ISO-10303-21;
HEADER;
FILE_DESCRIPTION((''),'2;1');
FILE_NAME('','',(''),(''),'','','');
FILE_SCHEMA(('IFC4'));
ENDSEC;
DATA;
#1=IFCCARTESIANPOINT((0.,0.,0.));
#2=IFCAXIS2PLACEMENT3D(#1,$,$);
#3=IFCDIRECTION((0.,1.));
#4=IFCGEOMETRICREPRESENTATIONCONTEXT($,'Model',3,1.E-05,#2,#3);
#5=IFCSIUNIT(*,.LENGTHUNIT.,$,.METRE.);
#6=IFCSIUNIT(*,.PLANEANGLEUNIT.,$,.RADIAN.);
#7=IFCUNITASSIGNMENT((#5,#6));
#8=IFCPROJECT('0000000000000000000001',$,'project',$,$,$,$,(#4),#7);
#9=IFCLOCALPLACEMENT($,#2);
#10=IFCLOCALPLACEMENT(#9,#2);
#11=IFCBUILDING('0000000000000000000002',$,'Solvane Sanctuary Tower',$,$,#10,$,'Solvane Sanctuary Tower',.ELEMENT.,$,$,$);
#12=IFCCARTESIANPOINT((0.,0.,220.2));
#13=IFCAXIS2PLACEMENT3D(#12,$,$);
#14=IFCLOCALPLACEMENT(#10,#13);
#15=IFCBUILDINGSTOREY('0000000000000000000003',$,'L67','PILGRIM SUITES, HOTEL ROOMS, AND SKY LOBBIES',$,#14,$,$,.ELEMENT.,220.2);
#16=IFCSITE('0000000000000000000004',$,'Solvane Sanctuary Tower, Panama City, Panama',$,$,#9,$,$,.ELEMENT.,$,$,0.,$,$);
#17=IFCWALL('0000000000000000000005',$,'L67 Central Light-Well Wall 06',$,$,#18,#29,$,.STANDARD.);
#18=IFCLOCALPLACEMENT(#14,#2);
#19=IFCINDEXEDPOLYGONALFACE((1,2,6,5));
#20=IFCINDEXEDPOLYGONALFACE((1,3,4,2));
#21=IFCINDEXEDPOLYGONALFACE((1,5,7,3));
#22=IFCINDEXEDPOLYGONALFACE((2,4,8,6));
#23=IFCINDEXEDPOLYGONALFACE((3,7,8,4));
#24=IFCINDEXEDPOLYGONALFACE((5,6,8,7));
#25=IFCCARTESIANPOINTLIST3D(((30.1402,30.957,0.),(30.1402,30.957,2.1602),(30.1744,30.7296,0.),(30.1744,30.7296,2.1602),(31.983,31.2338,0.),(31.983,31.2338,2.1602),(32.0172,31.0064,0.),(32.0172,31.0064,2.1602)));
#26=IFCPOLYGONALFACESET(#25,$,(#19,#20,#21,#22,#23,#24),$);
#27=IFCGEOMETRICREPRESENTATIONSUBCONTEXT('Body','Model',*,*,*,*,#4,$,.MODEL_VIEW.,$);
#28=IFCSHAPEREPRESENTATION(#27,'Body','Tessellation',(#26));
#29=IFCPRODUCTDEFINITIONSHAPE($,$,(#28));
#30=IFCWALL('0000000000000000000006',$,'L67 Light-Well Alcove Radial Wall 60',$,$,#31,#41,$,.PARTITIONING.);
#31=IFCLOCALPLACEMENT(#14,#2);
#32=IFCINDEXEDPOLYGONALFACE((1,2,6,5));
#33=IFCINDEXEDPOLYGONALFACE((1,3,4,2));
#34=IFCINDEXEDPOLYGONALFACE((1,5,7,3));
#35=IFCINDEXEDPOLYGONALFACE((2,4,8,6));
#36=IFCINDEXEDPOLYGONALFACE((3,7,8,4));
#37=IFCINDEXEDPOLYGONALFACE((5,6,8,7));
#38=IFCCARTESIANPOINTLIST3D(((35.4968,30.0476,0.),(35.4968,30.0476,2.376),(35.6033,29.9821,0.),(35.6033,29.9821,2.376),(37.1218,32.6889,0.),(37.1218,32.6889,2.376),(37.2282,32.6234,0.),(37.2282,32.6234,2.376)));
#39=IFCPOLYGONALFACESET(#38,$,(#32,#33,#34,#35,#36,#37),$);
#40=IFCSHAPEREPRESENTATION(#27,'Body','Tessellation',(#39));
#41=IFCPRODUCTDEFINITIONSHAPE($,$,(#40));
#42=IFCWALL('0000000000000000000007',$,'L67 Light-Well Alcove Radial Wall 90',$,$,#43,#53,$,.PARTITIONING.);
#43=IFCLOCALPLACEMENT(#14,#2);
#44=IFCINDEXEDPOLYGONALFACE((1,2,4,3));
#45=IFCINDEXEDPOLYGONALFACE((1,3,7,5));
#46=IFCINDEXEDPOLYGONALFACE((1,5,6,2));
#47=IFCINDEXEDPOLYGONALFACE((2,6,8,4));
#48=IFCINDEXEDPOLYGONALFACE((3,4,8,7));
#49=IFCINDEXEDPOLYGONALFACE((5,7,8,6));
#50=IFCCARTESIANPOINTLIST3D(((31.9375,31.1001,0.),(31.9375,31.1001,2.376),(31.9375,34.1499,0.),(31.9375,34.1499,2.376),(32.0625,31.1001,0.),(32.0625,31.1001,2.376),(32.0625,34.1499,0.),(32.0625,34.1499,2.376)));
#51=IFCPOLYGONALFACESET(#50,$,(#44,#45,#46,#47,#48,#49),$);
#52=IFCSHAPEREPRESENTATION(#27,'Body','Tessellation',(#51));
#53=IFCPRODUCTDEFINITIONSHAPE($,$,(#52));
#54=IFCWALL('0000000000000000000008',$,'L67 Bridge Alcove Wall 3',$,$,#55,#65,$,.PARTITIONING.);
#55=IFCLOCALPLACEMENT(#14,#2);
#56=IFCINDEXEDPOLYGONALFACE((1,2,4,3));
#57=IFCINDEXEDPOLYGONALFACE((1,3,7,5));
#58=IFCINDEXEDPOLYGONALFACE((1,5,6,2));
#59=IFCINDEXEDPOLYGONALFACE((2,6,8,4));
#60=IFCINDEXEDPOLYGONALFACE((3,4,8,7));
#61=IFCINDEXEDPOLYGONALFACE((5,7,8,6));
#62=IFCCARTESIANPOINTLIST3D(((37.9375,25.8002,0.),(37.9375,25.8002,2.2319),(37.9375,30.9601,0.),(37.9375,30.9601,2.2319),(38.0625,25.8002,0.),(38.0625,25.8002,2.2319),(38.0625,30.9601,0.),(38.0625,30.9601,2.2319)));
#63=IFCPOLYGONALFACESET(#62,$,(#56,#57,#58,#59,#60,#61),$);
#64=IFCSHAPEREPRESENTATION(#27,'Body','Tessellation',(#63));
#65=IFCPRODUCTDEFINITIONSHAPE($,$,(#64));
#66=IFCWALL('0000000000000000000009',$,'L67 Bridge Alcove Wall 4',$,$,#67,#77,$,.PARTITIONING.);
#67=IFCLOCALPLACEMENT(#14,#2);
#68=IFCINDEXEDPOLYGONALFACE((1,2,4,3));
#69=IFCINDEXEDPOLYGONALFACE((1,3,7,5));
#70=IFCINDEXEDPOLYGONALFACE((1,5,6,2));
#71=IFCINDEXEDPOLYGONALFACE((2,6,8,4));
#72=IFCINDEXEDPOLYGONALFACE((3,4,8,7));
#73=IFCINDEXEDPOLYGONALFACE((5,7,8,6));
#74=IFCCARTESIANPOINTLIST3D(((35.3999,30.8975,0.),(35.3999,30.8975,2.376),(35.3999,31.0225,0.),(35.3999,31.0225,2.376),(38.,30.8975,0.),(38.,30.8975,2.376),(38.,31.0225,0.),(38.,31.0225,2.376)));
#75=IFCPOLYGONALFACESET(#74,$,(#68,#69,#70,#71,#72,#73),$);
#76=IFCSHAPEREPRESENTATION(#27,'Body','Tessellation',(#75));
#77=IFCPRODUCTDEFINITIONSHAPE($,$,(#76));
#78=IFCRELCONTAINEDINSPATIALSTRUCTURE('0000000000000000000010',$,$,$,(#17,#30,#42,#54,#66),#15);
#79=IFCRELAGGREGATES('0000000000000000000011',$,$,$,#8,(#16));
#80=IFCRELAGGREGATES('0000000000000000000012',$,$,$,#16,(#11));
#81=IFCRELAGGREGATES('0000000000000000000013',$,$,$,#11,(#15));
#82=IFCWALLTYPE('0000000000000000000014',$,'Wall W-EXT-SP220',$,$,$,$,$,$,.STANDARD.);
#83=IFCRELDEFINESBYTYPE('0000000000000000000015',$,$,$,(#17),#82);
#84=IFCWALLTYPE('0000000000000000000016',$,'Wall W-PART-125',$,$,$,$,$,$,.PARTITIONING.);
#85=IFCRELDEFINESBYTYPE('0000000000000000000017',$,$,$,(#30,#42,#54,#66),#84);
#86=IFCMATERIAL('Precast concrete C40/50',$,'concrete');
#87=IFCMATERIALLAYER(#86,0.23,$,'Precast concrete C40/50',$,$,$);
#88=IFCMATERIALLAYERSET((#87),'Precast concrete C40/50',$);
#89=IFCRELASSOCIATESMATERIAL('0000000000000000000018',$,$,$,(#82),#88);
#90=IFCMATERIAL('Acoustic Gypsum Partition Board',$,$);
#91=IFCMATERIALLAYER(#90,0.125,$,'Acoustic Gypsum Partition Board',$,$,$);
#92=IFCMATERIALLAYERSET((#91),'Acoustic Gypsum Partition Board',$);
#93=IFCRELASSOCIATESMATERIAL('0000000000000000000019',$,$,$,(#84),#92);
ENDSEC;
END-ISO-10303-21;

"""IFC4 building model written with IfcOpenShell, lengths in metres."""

from ifc_helpers import new_model, si_unit, direction, frame, frame_2d, origin, place, context, subcontext, project, spatial, rectangle, extrude, material, layer, layer_set, type_object, element, save


model = new_model("IFC4")

# Units and contexts
model_context = context("Model", 3, precision=1e-05, world=origin(), true_north=direction((0.0, 1.0)))
body_context = subcontext(model_context, "Body", "Model", "MODEL_VIEW")
ifc_project = project(units=[si_unit("LENGTHUNIT", "METRE"), si_unit("PLANEANGLEUNIT", "RADIAN")], contexts=[model_context])

# Site, building, storey
site_placement = place(None, origin())
site = spatial("IfcSite", under=ifc_project, at=site_placement, Name="Solvane Sanctuary Tower, Panama City, Panama", CompositionType="ELEMENT", RefElevation=0.0)
building_placement = place(site_placement, origin())
building = spatial("IfcBuilding", under=site, at=building_placement, Name="Solvane Sanctuary Tower", LongName="Solvane Sanctuary Tower", CompositionType="ELEMENT")
storey_placement = place(building_placement, frame((0.0, 0.0, 220.2)))
storey = spatial("IfcBuildingStorey", under=building, at=storey_placement, Name="L67", Description="PILGRIM SUITES, HOTEL ROOMS, AND SKY LOBBIES", CompositionType="ELEMENT", Elevation=220.2)

# Walls
ifc_material_1 = material(Name="Precast concrete C40/50", Category="concrete")
ifc_layer_1 = layer(ifc_material_1, 0.23, Name="Precast concrete C40/50")
ifc_layer_set_1 = layer_set([ifc_layer_1], Name="Precast concrete C40/50")
wall_type_1 = type_object("IfcWallType", Name="Wall W-EXT-SP220", PredefinedType="STANDARD", material=ifc_layer_set_1)
for number, where, z_axis, x_axis, name in (
    (1, (32.0, 31.1201, 0.0), (0.0, 0.0, 1.0), (-0.988902, -0.148571, 0.0), "L67 Central Light-Well Wall 06"),
):
    element("IfcWall", number, at=place(storey_placement, frame(where, z_axis=z_axis, x_axis=x_axis)), inside=storey, type_object=wall_type_1, Name=name, PredefinedType="STANDARD", context=body_context, shape_type="SweptSolid", body=[
        extrude(rectangle(XDim=1.8635, YDim=0.23, at=frame_2d((0.9316, 0.0))), origin(), (0.0, 0.0, 1.0), 2.1602),
    ])
ifc_material_2 = material(Name="Acoustic Gypsum Partition Board")
ifc_layer_2 = layer(ifc_material_2, 0.125, Name="Acoustic Gypsum Partition Board")
ifc_layer_set_2 = layer_set([ifc_layer_2], Name="Acoustic Gypsum Partition Board")
wall_type_2 = type_object("IfcWallType", Name="Wall W-PART-125", PredefinedType="PARTITIONING", material=ifc_layer_set_2)
wall_1_placement = place(storey_placement, frame((35.55, 30.0149, 0.0), z_axis=(0.0, 0.0, 1.0), x_axis=(0.523992, 0.851723, 0.0)))
element("IfcWall", 2, at=wall_1_placement, inside=storey, type_object=wall_type_2, Name="L67 Light-Well Alcove Radial Wall 60", PredefinedType="PARTITIONING", context=body_context, shape_type="SweptSolid", body=[
    extrude(rectangle(XDim=3.1011, YDim=0.125, at=frame_2d((1.5505, 0.0))), origin(), (0.0, 0.0, 1.0), 2.376),
])
wall_2_placement = place(storey_placement, frame((32.0, 31.1001, 0.0), z_axis=(0.0, 0.0, 1.0), x_axis=(0.0, 1.0, 0.0)))
element("IfcWall", 3, at=wall_2_placement, inside=storey, type_object=wall_type_2, Name="L67 Light-Well Alcove Radial Wall 90", PredefinedType="PARTITIONING", context=body_context, shape_type="SweptSolid", body=[
    extrude(rectangle(XDim=3.0498, YDim=0.125, at=frame_2d((1.5249, 0.0))), origin(), (0.0, 0.0, 1.0), 2.376),
])
wall_3_placement = place(storey_placement, frame((38.0, 25.8, 0.0), z_axis=(0.0, 0.0, 1.0), x_axis=(0.0, 1.0, 0.0)))
element("IfcWall", 4, at=wall_3_placement, inside=storey, type_object=wall_type_2, Name="L67 Bridge Alcove Wall 3", PredefinedType="PARTITIONING", context=body_context, shape_type="SweptSolid", body=[
    extrude(rectangle(XDim=5.1599, YDim=0.125, at=frame_2d((2.5801, 0.0))), origin(), (0.0, 0.0, 1.0), 2.2319),
])
wall_4_placement = place(storey_placement, frame((35.3999, 30.96, 0.0), z_axis=(0.0, 0.0, 1.0), x_axis=(1.0, 0.0, 0.0)))
element("IfcWall", 5, at=wall_4_placement, inside=storey, type_object=wall_type_2, Name="L67 Bridge Alcove Wall 4", PredefinedType="PARTITIONING", context=body_context, shape_type="SweptSolid", body=[
    extrude(rectangle(XDim=2.6001, YDim=0.125, at=frame_2d((1.3, 0.0))), origin(), (0.0, 0.0, 1.0), 2.376),
])

save(model, "model.ifc")
